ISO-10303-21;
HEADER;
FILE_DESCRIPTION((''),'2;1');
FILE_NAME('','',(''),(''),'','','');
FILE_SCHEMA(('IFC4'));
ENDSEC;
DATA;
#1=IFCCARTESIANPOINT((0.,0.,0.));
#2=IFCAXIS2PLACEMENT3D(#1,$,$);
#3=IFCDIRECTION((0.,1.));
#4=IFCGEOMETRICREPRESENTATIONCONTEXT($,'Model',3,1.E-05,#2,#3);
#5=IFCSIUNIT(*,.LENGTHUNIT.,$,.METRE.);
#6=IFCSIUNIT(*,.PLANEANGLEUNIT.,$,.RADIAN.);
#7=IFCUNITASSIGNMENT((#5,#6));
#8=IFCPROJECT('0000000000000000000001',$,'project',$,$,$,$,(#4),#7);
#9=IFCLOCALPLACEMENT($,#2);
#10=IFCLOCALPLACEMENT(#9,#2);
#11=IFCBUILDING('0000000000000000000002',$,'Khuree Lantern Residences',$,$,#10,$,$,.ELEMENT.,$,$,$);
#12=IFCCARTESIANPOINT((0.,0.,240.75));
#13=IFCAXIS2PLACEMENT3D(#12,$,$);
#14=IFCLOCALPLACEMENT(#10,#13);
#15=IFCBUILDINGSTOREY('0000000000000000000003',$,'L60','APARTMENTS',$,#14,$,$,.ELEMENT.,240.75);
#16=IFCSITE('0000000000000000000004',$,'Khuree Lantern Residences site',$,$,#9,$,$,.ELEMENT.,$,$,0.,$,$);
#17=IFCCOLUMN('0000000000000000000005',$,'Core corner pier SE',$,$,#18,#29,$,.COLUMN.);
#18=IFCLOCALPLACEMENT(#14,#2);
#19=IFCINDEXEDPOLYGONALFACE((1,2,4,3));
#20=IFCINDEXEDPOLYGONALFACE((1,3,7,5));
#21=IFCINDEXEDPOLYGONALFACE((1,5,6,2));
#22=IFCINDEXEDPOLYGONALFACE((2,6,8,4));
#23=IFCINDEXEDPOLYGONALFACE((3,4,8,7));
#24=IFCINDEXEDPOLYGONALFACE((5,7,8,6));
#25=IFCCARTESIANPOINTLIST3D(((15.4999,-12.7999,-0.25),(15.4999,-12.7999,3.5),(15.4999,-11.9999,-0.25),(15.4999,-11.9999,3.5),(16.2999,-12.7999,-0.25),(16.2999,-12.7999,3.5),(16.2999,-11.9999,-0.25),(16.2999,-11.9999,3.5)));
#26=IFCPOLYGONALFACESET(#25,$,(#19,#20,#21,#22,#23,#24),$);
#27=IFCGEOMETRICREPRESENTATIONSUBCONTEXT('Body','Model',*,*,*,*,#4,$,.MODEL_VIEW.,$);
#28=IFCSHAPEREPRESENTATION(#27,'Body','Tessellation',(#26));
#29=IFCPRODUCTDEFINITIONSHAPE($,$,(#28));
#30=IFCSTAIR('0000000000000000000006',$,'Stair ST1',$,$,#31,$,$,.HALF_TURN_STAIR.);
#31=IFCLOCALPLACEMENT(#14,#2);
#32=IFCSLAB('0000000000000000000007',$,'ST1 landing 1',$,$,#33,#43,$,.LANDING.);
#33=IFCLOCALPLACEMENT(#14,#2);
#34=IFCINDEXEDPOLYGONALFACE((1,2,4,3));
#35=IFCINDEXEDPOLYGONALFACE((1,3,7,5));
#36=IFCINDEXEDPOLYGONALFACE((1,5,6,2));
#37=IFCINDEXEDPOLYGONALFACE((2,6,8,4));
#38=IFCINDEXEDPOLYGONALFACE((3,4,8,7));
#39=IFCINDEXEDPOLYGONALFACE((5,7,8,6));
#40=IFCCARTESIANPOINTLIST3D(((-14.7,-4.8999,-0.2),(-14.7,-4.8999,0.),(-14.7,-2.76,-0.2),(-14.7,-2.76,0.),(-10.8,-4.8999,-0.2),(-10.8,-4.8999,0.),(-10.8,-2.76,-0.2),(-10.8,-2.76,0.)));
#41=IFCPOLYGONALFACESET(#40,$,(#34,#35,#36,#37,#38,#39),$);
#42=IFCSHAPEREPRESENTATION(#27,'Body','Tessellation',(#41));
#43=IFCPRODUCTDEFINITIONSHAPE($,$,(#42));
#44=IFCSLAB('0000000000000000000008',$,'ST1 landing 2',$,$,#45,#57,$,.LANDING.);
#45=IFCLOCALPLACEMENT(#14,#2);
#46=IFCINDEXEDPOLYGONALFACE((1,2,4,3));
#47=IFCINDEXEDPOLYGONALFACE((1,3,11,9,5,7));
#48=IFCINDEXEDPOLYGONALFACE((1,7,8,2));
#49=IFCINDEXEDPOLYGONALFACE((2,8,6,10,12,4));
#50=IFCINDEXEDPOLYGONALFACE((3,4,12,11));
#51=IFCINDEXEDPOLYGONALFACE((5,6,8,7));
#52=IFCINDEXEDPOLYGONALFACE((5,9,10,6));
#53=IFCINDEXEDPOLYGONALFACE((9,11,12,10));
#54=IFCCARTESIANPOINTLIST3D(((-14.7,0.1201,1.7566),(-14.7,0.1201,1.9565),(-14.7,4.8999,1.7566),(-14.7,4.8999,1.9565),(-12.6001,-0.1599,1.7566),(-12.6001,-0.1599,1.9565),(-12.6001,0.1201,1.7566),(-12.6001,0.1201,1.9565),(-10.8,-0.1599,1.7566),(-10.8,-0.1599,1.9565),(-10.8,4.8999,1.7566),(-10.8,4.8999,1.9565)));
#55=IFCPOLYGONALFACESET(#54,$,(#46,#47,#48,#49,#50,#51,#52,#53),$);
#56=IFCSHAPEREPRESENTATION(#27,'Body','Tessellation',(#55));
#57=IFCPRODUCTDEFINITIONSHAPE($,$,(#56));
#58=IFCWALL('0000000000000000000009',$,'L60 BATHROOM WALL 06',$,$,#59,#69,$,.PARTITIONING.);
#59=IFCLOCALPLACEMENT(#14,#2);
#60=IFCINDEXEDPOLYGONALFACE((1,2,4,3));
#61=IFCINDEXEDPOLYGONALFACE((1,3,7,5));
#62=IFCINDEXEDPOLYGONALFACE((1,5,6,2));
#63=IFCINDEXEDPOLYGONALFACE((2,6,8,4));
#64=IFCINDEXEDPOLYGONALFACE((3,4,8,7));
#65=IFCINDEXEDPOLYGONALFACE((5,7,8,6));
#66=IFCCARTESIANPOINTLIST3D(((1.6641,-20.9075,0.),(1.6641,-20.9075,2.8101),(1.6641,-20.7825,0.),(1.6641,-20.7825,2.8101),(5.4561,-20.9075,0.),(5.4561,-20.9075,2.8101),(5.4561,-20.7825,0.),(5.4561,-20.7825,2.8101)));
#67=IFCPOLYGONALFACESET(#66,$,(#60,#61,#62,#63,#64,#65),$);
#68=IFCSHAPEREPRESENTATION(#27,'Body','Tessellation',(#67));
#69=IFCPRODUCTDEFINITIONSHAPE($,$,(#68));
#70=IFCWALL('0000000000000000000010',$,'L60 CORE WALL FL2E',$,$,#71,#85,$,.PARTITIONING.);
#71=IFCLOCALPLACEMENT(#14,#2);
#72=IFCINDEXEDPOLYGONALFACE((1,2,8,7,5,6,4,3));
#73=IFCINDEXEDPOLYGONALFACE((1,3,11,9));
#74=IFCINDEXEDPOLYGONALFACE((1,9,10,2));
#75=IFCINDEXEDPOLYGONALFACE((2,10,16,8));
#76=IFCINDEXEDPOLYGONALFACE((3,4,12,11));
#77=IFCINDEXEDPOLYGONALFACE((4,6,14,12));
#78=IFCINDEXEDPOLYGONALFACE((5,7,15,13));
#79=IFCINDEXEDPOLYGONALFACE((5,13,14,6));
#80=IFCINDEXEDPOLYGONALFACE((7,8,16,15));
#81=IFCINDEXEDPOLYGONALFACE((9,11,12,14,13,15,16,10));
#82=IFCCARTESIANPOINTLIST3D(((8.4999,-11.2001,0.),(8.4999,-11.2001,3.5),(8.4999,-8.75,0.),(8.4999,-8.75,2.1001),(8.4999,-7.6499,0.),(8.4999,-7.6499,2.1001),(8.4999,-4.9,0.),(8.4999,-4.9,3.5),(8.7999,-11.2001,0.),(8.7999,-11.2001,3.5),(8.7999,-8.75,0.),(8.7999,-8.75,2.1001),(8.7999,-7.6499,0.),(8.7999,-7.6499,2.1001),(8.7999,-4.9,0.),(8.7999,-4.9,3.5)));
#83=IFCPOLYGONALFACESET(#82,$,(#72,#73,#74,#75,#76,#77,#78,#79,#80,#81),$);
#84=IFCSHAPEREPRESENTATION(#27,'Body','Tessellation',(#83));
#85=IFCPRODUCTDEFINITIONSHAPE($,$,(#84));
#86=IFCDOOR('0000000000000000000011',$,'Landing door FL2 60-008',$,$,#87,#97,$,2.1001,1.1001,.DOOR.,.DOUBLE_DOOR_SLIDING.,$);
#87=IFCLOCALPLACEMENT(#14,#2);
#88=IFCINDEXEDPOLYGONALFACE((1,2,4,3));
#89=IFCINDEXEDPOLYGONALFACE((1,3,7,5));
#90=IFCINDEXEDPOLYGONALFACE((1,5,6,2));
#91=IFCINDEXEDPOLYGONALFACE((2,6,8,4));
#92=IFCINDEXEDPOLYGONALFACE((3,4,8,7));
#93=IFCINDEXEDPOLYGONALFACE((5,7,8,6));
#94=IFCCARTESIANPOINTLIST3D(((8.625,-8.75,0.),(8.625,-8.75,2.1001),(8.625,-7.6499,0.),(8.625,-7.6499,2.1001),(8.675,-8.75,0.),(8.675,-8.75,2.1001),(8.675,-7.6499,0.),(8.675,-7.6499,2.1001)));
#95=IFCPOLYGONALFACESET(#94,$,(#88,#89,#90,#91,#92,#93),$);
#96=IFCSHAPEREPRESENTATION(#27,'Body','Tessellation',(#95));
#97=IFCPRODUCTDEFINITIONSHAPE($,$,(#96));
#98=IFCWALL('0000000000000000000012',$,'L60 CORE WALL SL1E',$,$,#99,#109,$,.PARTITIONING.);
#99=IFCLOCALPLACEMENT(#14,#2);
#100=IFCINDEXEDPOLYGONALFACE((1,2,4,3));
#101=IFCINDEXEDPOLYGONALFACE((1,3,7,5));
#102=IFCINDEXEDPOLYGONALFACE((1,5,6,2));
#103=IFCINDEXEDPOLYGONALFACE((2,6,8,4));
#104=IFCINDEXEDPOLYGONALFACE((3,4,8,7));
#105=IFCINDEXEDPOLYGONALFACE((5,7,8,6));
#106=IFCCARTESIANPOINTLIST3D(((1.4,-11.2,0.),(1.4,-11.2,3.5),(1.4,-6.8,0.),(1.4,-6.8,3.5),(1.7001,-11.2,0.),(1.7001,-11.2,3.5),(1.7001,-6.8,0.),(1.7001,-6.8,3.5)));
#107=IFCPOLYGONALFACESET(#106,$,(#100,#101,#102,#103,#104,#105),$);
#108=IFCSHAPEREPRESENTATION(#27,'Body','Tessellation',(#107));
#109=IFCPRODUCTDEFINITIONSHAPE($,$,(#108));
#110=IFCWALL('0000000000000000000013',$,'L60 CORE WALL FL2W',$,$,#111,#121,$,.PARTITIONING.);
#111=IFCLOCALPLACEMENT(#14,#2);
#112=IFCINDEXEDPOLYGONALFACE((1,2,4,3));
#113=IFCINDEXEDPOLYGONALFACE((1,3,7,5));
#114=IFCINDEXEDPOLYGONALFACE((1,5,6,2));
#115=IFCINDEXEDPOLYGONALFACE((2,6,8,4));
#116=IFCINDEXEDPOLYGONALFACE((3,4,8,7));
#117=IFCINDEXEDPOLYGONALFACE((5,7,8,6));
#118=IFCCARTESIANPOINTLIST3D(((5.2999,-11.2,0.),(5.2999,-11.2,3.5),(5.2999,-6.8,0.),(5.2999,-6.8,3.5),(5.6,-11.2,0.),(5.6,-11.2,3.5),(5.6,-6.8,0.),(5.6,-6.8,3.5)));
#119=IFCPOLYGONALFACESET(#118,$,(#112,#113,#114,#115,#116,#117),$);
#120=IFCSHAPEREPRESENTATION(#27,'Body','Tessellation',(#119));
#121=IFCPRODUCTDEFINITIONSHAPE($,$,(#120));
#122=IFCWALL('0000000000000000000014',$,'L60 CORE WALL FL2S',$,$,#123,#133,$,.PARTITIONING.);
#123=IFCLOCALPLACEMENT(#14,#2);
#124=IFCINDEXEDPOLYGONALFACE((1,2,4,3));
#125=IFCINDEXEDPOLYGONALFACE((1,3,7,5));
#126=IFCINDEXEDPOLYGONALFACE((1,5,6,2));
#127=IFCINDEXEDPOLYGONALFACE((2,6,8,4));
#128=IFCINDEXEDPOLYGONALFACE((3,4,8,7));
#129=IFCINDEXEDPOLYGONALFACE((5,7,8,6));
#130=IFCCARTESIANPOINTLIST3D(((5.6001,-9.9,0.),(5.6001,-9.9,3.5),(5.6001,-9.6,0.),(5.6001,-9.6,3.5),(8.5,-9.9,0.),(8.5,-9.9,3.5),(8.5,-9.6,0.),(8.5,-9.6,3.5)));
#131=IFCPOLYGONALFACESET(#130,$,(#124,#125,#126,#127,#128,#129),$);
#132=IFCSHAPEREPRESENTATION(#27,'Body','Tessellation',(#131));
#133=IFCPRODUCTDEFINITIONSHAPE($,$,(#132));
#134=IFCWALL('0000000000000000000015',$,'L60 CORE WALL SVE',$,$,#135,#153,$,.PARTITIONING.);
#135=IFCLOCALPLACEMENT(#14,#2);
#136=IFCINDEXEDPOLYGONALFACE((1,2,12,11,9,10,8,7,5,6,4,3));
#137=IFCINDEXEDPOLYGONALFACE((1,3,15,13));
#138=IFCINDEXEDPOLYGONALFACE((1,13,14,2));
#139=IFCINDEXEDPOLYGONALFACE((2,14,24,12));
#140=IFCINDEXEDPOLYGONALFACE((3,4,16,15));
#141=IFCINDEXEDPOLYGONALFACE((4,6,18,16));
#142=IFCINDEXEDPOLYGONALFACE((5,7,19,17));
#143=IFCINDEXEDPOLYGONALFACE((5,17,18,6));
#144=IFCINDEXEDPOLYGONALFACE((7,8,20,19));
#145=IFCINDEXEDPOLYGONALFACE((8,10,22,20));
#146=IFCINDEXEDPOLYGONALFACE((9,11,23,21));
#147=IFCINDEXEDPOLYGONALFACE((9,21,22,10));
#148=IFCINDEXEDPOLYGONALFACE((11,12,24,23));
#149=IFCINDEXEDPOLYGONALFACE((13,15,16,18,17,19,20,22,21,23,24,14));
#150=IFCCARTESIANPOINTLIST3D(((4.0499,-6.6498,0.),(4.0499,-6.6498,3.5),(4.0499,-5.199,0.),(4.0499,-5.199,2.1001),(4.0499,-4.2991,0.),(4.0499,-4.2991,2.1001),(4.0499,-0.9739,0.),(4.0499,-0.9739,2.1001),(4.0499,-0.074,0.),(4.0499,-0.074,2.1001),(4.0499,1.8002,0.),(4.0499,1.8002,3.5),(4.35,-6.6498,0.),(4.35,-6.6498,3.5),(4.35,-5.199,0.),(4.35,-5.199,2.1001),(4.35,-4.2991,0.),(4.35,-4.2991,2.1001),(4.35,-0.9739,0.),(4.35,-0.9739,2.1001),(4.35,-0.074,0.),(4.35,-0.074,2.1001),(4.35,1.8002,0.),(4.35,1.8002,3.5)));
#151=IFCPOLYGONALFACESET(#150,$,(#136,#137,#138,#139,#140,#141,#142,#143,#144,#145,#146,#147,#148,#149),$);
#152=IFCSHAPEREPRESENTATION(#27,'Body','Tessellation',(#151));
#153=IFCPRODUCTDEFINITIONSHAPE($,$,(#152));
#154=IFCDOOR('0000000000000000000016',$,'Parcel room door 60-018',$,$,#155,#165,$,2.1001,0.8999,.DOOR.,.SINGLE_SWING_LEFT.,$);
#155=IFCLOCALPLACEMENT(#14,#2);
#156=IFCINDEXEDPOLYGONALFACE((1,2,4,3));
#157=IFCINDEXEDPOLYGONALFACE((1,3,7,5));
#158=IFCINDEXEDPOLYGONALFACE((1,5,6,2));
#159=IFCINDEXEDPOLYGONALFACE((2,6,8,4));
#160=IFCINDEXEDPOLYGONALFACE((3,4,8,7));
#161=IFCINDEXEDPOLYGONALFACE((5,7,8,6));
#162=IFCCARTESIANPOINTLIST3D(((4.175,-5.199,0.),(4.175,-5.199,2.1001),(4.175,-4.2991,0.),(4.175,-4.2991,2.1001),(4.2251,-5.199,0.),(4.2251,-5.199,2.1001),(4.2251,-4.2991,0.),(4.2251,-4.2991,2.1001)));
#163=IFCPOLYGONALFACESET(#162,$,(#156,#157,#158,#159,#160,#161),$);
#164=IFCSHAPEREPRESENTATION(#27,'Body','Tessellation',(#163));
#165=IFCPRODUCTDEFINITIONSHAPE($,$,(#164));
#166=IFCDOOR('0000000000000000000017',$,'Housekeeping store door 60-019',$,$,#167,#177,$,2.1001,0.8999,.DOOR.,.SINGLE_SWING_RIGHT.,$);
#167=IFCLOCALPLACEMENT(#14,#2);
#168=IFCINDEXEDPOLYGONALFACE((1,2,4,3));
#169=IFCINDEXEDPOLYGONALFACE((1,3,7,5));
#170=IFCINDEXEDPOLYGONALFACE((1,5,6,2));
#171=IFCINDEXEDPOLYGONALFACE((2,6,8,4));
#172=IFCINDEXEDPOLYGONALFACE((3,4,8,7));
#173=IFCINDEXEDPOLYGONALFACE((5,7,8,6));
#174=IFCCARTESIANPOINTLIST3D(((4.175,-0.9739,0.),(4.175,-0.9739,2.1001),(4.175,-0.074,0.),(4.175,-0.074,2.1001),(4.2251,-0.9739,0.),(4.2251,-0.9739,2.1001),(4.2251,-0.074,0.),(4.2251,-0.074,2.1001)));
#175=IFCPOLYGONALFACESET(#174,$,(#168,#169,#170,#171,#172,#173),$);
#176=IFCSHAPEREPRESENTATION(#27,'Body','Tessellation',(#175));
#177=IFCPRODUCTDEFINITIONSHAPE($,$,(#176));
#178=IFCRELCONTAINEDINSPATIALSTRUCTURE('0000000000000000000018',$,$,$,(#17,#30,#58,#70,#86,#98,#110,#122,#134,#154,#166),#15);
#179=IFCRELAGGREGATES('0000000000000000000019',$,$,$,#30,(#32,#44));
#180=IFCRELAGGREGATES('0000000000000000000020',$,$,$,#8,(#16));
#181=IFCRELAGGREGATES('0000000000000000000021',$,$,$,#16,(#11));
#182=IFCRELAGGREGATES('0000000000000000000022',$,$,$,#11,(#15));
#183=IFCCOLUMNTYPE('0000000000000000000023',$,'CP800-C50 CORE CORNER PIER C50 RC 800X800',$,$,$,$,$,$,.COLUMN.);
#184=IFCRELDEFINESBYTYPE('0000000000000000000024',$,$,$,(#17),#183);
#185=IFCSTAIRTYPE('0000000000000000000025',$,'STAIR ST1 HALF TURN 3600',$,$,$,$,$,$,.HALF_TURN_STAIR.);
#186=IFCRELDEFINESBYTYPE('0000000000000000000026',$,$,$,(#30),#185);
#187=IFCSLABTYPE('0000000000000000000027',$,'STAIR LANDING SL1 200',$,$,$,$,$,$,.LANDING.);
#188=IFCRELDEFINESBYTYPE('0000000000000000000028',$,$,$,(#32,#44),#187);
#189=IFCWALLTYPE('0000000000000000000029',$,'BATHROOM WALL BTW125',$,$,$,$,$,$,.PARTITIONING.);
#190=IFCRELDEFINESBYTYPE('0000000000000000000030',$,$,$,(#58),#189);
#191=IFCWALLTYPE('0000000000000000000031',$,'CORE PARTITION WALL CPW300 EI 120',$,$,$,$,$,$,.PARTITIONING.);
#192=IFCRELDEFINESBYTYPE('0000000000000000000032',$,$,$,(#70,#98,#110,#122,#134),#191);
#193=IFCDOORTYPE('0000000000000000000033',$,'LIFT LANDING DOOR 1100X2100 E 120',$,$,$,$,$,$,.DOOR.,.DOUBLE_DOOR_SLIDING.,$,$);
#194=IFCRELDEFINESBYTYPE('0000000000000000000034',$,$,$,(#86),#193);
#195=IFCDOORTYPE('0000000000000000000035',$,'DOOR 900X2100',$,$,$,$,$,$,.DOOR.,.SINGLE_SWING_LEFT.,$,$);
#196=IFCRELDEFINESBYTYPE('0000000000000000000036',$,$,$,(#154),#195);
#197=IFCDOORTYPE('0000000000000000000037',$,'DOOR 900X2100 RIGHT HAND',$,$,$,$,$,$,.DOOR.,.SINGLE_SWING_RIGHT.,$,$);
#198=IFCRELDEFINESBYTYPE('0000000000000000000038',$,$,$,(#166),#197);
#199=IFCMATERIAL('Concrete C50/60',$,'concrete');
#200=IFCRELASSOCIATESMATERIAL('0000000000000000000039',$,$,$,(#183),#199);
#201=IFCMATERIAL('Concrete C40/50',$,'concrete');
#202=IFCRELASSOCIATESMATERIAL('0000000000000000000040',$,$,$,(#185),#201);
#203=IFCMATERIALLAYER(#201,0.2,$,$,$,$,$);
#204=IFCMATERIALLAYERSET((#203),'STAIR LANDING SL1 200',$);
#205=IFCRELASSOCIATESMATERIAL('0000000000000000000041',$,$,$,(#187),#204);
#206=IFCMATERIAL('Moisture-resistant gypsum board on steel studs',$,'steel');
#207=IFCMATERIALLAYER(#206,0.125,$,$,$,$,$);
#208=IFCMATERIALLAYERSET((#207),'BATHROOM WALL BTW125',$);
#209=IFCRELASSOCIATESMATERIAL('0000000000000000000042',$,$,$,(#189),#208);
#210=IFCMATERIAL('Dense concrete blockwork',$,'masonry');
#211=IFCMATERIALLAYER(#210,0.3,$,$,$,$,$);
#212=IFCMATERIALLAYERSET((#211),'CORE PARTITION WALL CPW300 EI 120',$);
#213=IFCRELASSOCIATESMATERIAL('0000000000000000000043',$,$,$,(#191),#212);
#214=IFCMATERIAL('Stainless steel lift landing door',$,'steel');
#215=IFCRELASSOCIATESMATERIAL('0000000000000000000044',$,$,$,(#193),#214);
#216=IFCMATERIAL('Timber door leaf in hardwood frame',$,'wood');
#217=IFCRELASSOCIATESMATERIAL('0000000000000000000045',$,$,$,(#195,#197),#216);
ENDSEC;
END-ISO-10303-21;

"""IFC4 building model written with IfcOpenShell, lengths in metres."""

from ifc_helpers import new_model, si_unit, direction, frame, frame_2d, origin, origin_2d, place, context, subcontext, project, spatial, polyline, rectangle, outline, extrude, material, layer, layer_set, material_profile, profile_set, type_object, element, fill, aggregate, save


model = new_model("IFC4")

# Units and contexts
model_context = context("Model", 3, precision=1e-05, world=origin(), true_north=direction((0.0, 1.0)))
body_context = subcontext(model_context, "Body", "Model", "MODEL_VIEW")
ifc_project = project(units=[si_unit("LENGTHUNIT", "METRE"), si_unit("PLANEANGLEUNIT", "RADIAN")], contexts=[model_context])

# Site, building, storey
site_placement = place(None, origin())
site = spatial("IfcSite", under=ifc_project, at=site_placement, Name="Khuree Lantern Residences site", CompositionType="ELEMENT", RefElevation=0.0)
building_placement = place(site_placement, origin())
building = spatial("IfcBuilding", under=site, at=building_placement, Name="Khuree Lantern Residences", CompositionType="ELEMENT")
storey_placement = place(building_placement, frame((0.0, 0.0, 240.75)))
storey = spatial("IfcBuildingStorey", under=building, at=storey_placement, Name="L60", Description="APARTMENTS", CompositionType="ELEMENT", Elevation=240.75)

# Column
ifc_material_1 = material(Name="Concrete C50/60", Category="concrete")
ifc_material_profile = material_profile(ifc_material_1, rectangle(XDim=0.8, YDim=0.8, at=origin_2d()), Name="RC 800X800")
ifc_profile_set = profile_set([ifc_material_profile], Name="Concrete C50/60")
column_type = type_object("IfcColumnType", Name="CP800-C50 CORE CORNER PIER C50 RC 800X800", PredefinedType="COLUMN", material=ifc_profile_set)
column_placement = place(storey_placement, frame((15.8999, -12.3999, -0.25), z_axis=(0.0, 0.0, 1.0), x_axis=(1.0, 0.0, 0.0)))
element("IfcColumn", 1, at=column_placement, inside=storey, type_object=column_type, Name="Core corner pier SE", PredefinedType="COLUMN", context=body_context, shape_type="SweptSolid", body=[
    extrude(rectangle(XDim=0.8, YDim=0.8, at=origin_2d()), origin(), (0.0, 0.0, 1.0), 3.75),
])

# Stair, slabs
ifc_material_2 = material(Name="Concrete C40/50", Category="concrete")
stair_type = type_object("IfcStairType", Name="STAIR ST1 HALF TURN 3600", PredefinedType="HALF_TURN_STAIR", material=ifc_material_2)
stair_1_placement = place(storey_placement, origin())
stair_1 = element("IfcStair", 2, at=stair_1_placement, inside=storey, type_object=stair_type, Name="Stair ST1", PredefinedType="HALF_TURN_STAIR")
ifc_layer_1 = layer(ifc_material_2, 0.2)
ifc_layer_set_1 = layer_set([ifc_layer_1], Name="STAIR LANDING SL1 200")
slab_type = type_object("IfcSlabType", Name="STAIR LANDING SL1 200", PredefinedType="LANDING", material=ifc_layer_set_1)
slab_1_placement = place(storey_placement, frame((0.0, 0.0, -0.2)))
slab_1 = element("IfcSlab", 3, at=slab_1_placement, type_object=slab_type, Name="ST1 landing 1", PredefinedType="LANDING", context=body_context, shape_type="SweptSolid", body=[
    extrude(outline(polyline([(-14.7, -4.8999), (-10.8, -4.8999), (-10.8, -2.76), (-14.7, -2.76), (-14.7, -4.8999)])), origin(), (0.0, 0.0, 1.0), 0.2),
])
slab_2_placement = place(storey_placement, frame((0.0, 0.0, 1.7566)))
slab_2 = element("IfcSlab", 4, at=slab_2_placement, type_object=slab_type, Name="ST1 landing 2", PredefinedType="LANDING", context=body_context, shape_type="SweptSolid", body=[
    extrude(outline(polyline([(-14.7, 0.1201), (-14.7, 4.8999), (-10.8, 4.8999), (-10.8, -0.1599), (-12.6001, -0.1599), (-12.6001, 0.1201), (-14.7, 0.1201)])), origin(), (0.0, 0.0, 1.0), 0.2),
])
aggregate(stair_1, [slab_1, slab_2])

# Wall
ifc_material_3 = material(Name="Moisture-resistant gypsum board on steel studs", Category="steel")
ifc_layer_2 = layer(ifc_material_3, 0.125)
ifc_layer_set_2 = layer_set([ifc_layer_2], Name="BATHROOM WALL BTW125")
wall_type_1 = type_object("IfcWallType", Name="BATHROOM WALL BTW125", PredefinedType="PARTITIONING", material=ifc_layer_set_2)
wall_1_placement = place(storey_placement, frame((1.6641, -20.845, 0.0), z_axis=(0.0, 0.0, 1.0), x_axis=(1.0, 0.0, 0.0)))
element("IfcWall", 5, at=wall_1_placement, inside=storey, type_object=wall_type_1, Name="L60 BATHROOM WALL 06", PredefinedType="PARTITIONING", context=body_context, shape_type="SweptSolid", body=[
    extrude(rectangle(XDim=3.792, YDim=0.125, at=frame_2d((1.896, 0.0))), origin(), (0.0, 0.0, 1.0), 2.8101),
])

# Wall, opening, door
ifc_material_4 = material(Name="Dense concrete blockwork", Category="masonry")
ifc_layer_3 = layer(ifc_material_4, 0.3)
ifc_layer_set_3 = layer_set([ifc_layer_3], Name="CORE PARTITION WALL CPW300 EI 120")
wall_type_2 = type_object("IfcWallType", Name="CORE PARTITION WALL CPW300 EI 120", PredefinedType="PARTITIONING", material=ifc_layer_set_3)
wall_2_placement = place(storey_placement, frame((8.6499, -11.2, 0.0), z_axis=(0.0, 0.0, 1.0), x_axis=(0.0, 1.0, 0.0)))
wall_2 = element("IfcWall", 6, at=wall_2_placement, inside=storey, type_object=wall_type_2, Name="L60 CORE WALL FL2E", PredefinedType="PARTITIONING", context=body_context, shape_type="SweptSolid", body=[
    extrude(rectangle(XDim=6.3, YDim=0.3, at=frame_2d((3.1499, 0.0))), origin(), (0.0, 0.0, 1.0), 3.5),
])
opening_1_placement = place(wall_2_placement, frame((2.45, 0.0, 0.0)))
opening_1 = element("IfcOpeningElement", 7, at=opening_1_placement, cuts=wall_2, PredefinedType="OPENING", context=body_context, shape_type="SweptSolid", body=[
    extrude(rectangle(XDim=1.1001, YDim=2.1001, at=frame_2d((0.55, 1.05))), frame((0.0, 0.1602, 0.0), z_axis=(0.0, -1.0, 0.0), x_axis=(1.0, 0.0, 0.0)), (0.0, 0.0, 1.0), 0.3201),
])
ifc_material_5 = material(Name="Stainless steel lift landing door", Category="steel")
door_type_1 = type_object("IfcDoorType", Name="LIFT LANDING DOOR 1100X2100 E 120", OperationType="DOUBLE_DOOR_SLIDING", PredefinedType="DOOR", material=ifc_material_5)
door_1_placement = place(opening_1_placement, origin())
door_1 = element("IfcDoor", 8, at=door_1_placement, inside=storey, type_object=door_type_1, Name="Landing door FL2 60-008", OperationType="DOUBLE_DOOR_SLIDING", OverallHeight=2.1001, OverallWidth=1.1001, PredefinedType="DOOR", context=body_context, shape_type="SweptSolid", body=[
    extrude(rectangle(XDim=1.1001, YDim=2.1001, at=frame_2d((0.55, 1.05))), frame((0.0, 0.0249, 0.0), z_axis=(0.0, -1.0, 0.0), x_axis=(1.0, 0.0, 0.0)), (0.0, 0.0, 1.0), 0.05),
])
fill(opening_1, door_1)

# Walls
for number, where, z_axis, x_axis, name in (
    (9, (1.55, -11.2, 0.0), (0.0, 0.0, 1.0), (0.0, 1.0, 0.0), "L60 CORE WALL SL1E"),
    (10, (5.45, -11.2, 0.0), (0.0, 0.0, 1.0), (0.0, 1.0, 0.0), "L60 CORE WALL FL2W"),
):
    element("IfcWall", number, at=place(storey_placement, frame(where, z_axis=z_axis, x_axis=x_axis)), inside=storey, type_object=wall_type_2, Name=name, PredefinedType="PARTITIONING", context=body_context, shape_type="SweptSolid", body=[
        extrude(rectangle(XDim=4.3999, YDim=0.3, at=frame_2d((2.2, 0.0))), origin(), (0.0, 0.0, 1.0), 3.5),
    ])
wall_3_placement = place(storey_placement, frame((5.6001, -9.75, 0.0), z_axis=(0.0, 0.0, 1.0), x_axis=(1.0, 0.0, 0.0)))
element("IfcWall", 11, at=wall_3_placement, inside=storey, type_object=wall_type_2, Name="L60 CORE WALL FL2S", PredefinedType="PARTITIONING", context=body_context, shape_type="SweptSolid", body=[
    extrude(rectangle(XDim=2.8999, YDim=0.3, at=frame_2d((1.45, 0.0))), origin(), (0.0, 0.0, 1.0), 3.5),
])

# Wall, openings, doors
wall_4_placement = place(storey_placement, frame((4.2, -6.6499, 0.0), z_axis=(0.0, 0.0, 1.0), x_axis=(0.0, 1.0, 0.0)))
wall_4 = element("IfcWall", 12, at=wall_4_placement, inside=storey, type_object=wall_type_2, Name="L60 CORE WALL SVE", PredefinedType="PARTITIONING", context=body_context, shape_type="SweptSolid", body=[
    extrude(rectangle(XDim=8.45, YDim=0.3, at=frame_2d((4.2251, 0.0))), origin(), (0.0, 0.0, 1.0), 3.5),
])
opening_2_placement = place(wall_4_placement, frame((1.4509, 0.0, 0.0)))
opening_2 = element("IfcOpeningElement", 13, at=opening_2_placement, cuts=wall_4, PredefinedType="OPENING", context=body_context, shape_type="SweptSolid", body=[
    extrude(rectangle(XDim=0.8999, YDim=2.1001, at=frame_2d((0.45, 1.05))), frame((0.0, 0.1602, 0.0), z_axis=(0.0, -1.0, 0.0), x_axis=(1.0, 0.0, 0.0)), (0.0, 0.0, 1.0), 0.3201),
])
opening_3_placement = place(wall_4_placement, frame((5.676, 0.0, 0.0)))
opening_3 = element("IfcOpeningElement", 14, at=opening_3_placement, cuts=wall_4, PredefinedType="OPENING", context=body_context, shape_type="SweptSolid", body=[
    extrude(rectangle(XDim=0.8999, YDim=2.1001, at=frame_2d((0.45, 1.05))), frame((0.0, 0.1602, 0.0), z_axis=(0.0, -1.0, 0.0), x_axis=(1.0, 0.0, 0.0)), (0.0, 0.0, 1.0), 0.3201),
])
ifc_material_6 = material(Name="Timber door leaf in hardwood frame", Category="wood")
door_type_2 = type_object("IfcDoorType", Name="DOOR 900X2100", OperationType="SINGLE_SWING_LEFT", PredefinedType="DOOR", material=ifc_material_6)
door_2_placement = place(opening_2_placement, origin())
door_2 = element("IfcDoor", 15, at=door_2_placement, inside=storey, type_object=door_type_2, Name="Parcel room door 60-018", OperationType="SINGLE_SWING_LEFT", OverallHeight=2.1001, OverallWidth=0.8999, PredefinedType="DOOR", context=body_context, shape_type="SweptSolid", body=[
    extrude(rectangle(XDim=0.8999, YDim=2.1001, at=frame_2d((0.45, 1.05))), frame((0.0, 0.0249, 0.0), z_axis=(0.0, -1.0, 0.0), x_axis=(1.0, 0.0, 0.0)), (0.0, 0.0, 1.0), 0.05),
])
fill(opening_2, door_2)
door_type_3 = type_object("IfcDoorType", Name="DOOR 900X2100 RIGHT HAND", OperationType="SINGLE_SWING_RIGHT", PredefinedType="DOOR", material=ifc_material_6)
door_3_placement = place(opening_3_placement, origin())
door_3 = element("IfcDoor", 16, at=door_3_placement, inside=storey, type_object=door_type_3, Name="Housekeeping store door 60-019", OperationType="SINGLE_SWING_RIGHT", OverallHeight=2.1001, OverallWidth=0.8999, PredefinedType="DOOR", context=body_context, shape_type="SweptSolid", body=[
    extrude(rectangle(XDim=0.8999, YDim=2.1001, at=frame_2d((0.45, 1.05))), frame((0.0, 0.0249, 0.0), z_axis=(0.0, -1.0, 0.0), x_axis=(1.0, 0.0, 0.0)), (0.0, 0.0, 1.0), 0.05),
])
fill(opening_3, door_3)

save(model, "model.ifc")
